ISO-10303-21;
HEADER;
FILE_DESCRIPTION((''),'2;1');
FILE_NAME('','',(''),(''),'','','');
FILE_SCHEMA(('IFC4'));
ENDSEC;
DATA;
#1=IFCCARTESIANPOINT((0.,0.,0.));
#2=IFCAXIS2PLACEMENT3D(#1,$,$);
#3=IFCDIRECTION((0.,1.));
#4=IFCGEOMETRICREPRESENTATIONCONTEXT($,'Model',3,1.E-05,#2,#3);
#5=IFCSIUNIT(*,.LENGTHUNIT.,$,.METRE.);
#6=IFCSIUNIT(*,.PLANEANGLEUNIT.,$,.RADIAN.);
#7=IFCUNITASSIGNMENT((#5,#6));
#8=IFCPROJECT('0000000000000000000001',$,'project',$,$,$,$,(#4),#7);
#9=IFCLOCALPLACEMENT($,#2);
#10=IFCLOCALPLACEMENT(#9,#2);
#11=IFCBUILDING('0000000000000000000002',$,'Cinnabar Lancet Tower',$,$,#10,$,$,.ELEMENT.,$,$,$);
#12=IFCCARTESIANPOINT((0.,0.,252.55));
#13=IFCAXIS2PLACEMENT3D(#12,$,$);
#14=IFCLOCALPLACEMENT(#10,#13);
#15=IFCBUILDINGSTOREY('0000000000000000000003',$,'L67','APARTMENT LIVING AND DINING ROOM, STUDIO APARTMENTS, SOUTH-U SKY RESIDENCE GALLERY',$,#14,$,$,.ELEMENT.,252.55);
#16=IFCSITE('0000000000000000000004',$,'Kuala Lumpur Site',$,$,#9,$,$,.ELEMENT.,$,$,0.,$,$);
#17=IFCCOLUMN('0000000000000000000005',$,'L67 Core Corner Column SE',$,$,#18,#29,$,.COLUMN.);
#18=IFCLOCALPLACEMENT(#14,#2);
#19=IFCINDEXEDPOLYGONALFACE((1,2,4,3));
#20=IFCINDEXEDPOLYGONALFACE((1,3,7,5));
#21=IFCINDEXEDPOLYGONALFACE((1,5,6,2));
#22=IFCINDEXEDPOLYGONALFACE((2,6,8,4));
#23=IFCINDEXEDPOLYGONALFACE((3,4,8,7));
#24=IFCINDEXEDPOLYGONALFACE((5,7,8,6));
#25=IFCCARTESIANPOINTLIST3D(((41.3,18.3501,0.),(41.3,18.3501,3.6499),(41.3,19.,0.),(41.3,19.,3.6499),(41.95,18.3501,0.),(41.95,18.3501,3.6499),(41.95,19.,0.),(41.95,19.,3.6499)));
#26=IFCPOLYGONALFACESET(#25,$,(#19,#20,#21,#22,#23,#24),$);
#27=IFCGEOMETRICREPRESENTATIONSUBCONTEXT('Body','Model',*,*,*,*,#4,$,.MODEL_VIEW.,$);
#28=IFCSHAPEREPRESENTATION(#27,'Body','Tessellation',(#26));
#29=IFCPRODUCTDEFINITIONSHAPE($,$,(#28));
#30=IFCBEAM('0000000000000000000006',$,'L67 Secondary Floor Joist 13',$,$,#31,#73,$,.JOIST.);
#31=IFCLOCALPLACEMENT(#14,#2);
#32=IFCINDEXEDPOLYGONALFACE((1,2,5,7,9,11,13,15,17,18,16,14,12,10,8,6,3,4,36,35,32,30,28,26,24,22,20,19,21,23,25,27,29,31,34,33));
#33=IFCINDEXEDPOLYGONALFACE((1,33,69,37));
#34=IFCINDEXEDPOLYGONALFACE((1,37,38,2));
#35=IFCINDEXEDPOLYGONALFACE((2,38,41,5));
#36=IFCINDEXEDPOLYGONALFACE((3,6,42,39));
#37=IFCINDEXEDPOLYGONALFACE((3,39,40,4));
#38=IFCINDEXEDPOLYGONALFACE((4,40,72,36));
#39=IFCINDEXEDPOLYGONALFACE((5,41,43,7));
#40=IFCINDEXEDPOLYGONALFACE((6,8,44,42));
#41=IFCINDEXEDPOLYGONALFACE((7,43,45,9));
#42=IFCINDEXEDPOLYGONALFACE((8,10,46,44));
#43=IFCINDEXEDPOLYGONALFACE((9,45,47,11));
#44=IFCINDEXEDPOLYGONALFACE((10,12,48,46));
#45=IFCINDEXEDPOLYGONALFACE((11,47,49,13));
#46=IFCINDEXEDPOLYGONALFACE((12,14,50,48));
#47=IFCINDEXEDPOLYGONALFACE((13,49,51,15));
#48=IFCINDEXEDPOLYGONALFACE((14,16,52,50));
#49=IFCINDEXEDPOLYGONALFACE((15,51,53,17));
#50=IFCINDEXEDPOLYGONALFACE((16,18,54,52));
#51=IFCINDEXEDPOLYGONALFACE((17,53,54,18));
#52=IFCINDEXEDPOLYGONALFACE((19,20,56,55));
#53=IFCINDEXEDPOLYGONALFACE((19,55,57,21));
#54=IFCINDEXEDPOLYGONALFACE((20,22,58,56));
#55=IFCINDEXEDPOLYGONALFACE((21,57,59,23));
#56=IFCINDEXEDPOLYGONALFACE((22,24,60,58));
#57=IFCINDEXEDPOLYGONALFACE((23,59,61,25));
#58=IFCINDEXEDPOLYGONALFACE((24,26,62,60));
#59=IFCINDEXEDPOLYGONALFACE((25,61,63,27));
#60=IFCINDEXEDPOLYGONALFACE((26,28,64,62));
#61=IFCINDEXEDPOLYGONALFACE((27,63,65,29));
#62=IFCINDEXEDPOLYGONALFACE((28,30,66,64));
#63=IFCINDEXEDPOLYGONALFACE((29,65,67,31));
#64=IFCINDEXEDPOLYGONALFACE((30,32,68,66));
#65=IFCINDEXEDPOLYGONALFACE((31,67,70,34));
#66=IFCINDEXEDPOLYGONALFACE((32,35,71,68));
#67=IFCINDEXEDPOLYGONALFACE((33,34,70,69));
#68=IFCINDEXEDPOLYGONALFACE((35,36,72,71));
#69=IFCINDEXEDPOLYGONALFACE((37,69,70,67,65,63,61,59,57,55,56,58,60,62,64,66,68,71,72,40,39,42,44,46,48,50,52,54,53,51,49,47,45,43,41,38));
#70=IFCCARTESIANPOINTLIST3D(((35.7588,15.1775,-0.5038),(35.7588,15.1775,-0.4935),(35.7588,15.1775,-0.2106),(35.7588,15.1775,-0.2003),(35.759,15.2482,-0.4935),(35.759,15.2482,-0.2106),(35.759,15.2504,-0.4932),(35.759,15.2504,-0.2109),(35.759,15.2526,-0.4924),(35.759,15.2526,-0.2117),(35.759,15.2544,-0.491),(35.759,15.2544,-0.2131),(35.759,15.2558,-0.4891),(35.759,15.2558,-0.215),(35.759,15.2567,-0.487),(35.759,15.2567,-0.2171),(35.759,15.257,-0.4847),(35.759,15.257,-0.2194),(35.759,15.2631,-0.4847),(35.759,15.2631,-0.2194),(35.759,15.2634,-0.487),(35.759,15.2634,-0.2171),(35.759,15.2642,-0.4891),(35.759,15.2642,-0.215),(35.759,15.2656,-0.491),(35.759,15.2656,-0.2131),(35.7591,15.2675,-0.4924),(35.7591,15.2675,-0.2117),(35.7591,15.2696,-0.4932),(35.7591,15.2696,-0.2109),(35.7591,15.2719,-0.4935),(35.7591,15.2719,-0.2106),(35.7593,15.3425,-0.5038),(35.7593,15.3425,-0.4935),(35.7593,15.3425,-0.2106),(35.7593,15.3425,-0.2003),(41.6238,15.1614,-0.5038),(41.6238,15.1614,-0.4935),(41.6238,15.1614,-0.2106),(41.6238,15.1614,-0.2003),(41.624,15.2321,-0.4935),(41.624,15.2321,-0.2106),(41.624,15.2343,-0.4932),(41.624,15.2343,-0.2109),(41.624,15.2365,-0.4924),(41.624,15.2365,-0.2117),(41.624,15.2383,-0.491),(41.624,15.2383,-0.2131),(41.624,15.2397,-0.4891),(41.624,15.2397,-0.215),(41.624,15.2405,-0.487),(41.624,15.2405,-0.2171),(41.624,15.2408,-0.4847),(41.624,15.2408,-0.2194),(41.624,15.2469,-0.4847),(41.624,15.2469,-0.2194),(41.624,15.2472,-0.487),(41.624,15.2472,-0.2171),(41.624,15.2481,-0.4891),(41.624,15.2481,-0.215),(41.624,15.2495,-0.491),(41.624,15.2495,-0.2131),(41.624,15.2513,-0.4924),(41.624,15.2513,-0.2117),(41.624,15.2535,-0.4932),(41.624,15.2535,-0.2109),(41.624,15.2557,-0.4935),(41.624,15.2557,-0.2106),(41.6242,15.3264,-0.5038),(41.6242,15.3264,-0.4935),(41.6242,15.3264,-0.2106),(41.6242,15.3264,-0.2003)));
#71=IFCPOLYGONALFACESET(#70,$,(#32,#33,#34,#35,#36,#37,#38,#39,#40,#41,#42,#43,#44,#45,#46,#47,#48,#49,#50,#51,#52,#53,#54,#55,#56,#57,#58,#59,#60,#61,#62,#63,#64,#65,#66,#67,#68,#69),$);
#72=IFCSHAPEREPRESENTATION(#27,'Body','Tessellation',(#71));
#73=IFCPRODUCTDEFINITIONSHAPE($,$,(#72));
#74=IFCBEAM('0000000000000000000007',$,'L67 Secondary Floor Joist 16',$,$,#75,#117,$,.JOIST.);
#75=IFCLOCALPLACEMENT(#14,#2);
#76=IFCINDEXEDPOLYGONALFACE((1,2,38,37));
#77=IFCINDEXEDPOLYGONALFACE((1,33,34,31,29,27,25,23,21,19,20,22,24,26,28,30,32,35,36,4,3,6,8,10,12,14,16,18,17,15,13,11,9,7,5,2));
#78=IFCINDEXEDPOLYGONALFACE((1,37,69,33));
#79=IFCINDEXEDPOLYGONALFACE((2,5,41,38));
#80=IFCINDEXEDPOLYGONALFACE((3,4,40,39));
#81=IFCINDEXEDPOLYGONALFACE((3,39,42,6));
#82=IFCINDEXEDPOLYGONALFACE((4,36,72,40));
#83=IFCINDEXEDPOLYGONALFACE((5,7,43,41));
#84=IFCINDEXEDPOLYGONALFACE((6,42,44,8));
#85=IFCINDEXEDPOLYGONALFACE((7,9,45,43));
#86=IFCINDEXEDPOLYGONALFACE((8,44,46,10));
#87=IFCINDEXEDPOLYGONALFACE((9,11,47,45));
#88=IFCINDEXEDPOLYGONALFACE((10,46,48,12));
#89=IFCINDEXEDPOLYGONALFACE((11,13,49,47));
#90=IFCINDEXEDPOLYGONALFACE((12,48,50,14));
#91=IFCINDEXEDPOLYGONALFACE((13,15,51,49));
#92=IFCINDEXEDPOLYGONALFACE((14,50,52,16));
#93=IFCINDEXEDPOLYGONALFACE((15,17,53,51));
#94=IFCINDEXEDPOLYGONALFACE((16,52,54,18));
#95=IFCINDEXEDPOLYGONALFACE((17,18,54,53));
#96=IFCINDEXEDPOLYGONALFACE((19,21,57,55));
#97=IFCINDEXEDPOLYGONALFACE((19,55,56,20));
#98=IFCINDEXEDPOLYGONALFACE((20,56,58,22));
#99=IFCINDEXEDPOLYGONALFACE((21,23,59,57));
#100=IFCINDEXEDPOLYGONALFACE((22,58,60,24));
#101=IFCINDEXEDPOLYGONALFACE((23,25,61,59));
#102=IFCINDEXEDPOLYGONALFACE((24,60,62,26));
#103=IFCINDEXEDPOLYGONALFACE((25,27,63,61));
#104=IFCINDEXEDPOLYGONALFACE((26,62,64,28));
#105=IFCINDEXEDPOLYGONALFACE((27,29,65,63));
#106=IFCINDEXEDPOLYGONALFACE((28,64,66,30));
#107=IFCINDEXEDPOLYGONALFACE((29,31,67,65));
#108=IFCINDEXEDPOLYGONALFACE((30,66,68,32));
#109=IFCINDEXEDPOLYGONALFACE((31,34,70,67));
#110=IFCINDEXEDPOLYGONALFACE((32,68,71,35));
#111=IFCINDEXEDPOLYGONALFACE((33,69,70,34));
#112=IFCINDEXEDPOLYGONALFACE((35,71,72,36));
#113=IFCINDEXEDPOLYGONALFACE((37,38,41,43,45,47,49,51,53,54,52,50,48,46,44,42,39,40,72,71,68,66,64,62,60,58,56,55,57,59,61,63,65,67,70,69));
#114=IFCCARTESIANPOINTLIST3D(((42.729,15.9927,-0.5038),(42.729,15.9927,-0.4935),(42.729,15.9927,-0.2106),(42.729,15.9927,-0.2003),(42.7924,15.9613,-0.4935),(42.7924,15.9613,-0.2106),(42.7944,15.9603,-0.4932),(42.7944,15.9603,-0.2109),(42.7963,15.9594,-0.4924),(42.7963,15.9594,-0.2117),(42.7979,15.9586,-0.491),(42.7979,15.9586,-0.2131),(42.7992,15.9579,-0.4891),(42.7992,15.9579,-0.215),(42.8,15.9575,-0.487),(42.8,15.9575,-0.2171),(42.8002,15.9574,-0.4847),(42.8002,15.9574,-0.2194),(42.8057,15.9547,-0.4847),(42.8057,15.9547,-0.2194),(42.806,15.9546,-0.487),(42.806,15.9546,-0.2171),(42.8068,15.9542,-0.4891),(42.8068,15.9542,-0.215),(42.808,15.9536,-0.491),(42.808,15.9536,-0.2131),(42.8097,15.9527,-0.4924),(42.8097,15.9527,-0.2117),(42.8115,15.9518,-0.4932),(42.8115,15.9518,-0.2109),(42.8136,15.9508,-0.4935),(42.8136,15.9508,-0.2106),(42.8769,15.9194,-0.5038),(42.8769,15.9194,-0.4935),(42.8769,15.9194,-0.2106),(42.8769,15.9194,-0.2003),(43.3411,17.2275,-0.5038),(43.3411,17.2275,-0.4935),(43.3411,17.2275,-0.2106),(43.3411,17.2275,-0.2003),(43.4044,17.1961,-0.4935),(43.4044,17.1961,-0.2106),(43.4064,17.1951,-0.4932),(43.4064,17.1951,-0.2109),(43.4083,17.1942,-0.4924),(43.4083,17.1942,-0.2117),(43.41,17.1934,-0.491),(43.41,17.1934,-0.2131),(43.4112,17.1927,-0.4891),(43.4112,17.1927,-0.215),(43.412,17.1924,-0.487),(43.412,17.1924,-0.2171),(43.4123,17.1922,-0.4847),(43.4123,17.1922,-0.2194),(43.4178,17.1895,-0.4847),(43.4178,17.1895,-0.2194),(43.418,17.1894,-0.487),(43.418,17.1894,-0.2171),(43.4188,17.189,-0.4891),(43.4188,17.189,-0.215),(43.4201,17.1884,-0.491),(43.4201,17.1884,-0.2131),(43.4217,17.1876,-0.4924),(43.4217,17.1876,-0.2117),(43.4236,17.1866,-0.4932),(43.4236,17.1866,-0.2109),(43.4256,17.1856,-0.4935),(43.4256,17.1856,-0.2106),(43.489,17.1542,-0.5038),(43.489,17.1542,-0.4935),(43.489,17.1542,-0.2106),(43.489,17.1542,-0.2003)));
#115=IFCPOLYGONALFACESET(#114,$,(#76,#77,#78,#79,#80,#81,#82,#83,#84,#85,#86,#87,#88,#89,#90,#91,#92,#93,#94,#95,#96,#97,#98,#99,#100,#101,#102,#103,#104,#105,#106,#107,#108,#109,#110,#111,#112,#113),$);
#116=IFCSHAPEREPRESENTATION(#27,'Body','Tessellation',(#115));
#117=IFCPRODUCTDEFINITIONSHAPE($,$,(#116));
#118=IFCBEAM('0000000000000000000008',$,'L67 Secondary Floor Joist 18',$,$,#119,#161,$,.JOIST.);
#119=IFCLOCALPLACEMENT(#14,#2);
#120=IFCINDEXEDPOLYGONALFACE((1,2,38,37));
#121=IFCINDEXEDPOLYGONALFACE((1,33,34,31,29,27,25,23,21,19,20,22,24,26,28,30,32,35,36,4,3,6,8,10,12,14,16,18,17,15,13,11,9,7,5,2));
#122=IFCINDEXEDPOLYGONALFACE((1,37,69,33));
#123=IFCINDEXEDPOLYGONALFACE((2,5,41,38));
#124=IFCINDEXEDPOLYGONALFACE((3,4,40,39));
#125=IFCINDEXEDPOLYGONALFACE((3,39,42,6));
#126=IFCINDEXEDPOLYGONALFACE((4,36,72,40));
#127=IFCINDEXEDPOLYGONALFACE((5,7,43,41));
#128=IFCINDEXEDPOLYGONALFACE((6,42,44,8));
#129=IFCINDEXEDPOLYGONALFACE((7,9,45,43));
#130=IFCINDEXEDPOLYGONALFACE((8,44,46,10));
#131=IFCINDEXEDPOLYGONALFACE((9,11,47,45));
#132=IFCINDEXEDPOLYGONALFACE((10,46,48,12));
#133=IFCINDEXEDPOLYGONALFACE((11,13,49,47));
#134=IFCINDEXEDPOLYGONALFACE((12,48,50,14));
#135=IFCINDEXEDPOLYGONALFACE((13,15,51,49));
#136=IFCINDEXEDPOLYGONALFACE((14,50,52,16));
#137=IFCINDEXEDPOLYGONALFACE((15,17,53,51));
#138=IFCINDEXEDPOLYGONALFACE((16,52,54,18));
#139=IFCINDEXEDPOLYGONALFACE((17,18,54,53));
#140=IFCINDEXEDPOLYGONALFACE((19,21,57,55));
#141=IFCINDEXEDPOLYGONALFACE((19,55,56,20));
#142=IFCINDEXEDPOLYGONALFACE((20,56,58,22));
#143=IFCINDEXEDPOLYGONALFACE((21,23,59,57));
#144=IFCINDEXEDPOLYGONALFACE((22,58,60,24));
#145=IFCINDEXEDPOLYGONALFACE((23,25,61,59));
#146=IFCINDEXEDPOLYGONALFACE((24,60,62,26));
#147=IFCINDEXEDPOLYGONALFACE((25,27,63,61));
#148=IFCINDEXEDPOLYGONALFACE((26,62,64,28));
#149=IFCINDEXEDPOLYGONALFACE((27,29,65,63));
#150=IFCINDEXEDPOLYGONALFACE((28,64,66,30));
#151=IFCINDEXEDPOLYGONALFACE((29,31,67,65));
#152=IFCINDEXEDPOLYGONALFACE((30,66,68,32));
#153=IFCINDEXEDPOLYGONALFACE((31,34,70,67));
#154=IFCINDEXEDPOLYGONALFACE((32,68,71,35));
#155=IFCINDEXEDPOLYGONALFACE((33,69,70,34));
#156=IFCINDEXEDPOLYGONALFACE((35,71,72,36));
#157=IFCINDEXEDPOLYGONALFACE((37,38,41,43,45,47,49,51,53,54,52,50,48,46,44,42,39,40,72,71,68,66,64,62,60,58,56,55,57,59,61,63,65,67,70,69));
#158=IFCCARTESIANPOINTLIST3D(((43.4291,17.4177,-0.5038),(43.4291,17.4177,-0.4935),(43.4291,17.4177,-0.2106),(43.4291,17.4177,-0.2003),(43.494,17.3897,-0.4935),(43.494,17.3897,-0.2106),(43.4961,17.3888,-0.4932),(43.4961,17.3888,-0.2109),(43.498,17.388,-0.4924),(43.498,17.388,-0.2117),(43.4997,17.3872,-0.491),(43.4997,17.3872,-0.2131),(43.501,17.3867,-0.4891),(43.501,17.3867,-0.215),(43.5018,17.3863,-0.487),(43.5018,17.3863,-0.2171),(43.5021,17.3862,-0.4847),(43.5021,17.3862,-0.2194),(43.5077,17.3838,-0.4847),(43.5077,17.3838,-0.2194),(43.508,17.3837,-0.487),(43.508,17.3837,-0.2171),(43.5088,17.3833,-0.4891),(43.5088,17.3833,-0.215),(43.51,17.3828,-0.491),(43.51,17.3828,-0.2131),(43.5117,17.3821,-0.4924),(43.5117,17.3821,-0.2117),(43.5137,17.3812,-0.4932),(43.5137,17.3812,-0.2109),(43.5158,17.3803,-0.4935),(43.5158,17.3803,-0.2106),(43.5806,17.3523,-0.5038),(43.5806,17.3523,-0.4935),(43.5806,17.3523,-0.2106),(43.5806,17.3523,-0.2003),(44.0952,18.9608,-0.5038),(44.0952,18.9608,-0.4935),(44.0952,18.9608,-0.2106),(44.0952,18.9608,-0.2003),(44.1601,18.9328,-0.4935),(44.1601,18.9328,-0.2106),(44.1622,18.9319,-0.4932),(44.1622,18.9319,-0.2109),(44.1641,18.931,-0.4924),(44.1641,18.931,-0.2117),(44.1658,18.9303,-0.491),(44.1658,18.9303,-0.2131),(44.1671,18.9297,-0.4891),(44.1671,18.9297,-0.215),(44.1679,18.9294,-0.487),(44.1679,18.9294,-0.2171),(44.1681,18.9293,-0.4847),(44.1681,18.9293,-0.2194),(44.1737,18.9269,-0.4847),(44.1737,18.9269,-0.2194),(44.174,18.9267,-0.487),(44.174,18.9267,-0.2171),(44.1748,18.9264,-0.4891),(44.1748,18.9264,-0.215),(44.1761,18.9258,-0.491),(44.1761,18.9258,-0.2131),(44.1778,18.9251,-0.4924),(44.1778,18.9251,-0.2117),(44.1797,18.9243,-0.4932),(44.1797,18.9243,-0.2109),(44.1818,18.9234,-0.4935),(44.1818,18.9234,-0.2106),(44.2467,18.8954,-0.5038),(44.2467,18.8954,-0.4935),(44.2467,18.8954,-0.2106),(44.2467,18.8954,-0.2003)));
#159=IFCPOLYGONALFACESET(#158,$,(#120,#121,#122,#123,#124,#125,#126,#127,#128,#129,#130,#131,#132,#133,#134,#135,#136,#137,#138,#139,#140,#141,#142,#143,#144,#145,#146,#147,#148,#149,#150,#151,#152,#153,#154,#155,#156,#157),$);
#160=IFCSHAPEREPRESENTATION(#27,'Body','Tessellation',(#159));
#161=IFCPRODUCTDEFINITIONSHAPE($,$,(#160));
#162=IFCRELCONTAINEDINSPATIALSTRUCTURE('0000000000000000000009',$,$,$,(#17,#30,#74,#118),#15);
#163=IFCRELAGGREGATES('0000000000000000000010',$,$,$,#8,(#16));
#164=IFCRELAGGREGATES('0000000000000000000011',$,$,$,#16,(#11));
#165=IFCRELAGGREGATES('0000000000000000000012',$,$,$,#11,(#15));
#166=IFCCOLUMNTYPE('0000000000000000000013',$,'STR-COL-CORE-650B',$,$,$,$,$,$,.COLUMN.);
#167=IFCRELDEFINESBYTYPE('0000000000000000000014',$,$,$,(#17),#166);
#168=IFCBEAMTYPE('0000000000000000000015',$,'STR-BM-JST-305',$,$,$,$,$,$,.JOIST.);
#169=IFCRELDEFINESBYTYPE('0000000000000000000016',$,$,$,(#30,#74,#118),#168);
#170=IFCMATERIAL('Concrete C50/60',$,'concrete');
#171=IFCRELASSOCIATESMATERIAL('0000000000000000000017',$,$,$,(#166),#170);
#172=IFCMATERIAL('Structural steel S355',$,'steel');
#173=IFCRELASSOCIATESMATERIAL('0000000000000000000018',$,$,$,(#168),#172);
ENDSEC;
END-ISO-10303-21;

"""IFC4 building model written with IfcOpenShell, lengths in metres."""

from ifc_helpers import new_model, si_unit, direction, frame, origin, origin_2d, place, context, subcontext, project, spatial, rectangle, i_section, extrude, material, material_profile, profile_set, type_object, element, save


model = new_model("IFC4")

# Units and contexts
model_context = context("Model", 3, precision=1e-05, world=origin(), true_north=direction((0.0, 1.0)))
body_context = subcontext(model_context, "Body", "Model", "MODEL_VIEW")
ifc_project = project(units=[si_unit("LENGTHUNIT", "METRE"), si_unit("PLANEANGLEUNIT", "RADIAN")], contexts=[model_context])

# Site, building, storey
site_placement = place(None, origin())
site = spatial("IfcSite", under=ifc_project, at=site_placement, Name="Kuala Lumpur Site", CompositionType="ELEMENT", RefElevation=0.0)
building_placement = place(site_placement, origin())
building = spatial("IfcBuilding", under=site, at=building_placement, Name="Cinnabar Lancet Tower", CompositionType="ELEMENT")
storey_placement = place(building_placement, frame((0.0, 0.0, 252.55)))
storey = spatial("IfcBuildingStorey", under=building, at=storey_placement, Name="L67", Description="APARTMENT LIVING AND DINING ROOM, STUDIO APARTMENTS, SOUTH-U SKY RESIDENCE GALLERY", CompositionType="ELEMENT", Elevation=252.55)

# Column
ifc_material_1 = material(Name="Concrete C50/60", Category="concrete")
ifc_material_profile_1 = material_profile(ifc_material_1, rectangle(XDim=0.6499, YDim=0.6499, at=origin_2d()), Name="RC-COL 650x650")
ifc_profile_set_1 = profile_set([ifc_material_profile_1], Name="Concrete C50/60")
column_type = type_object("IfcColumnType", Name="STR-COL-CORE-650B", PredefinedType="COLUMN", material=ifc_profile_set_1)
column_placement = place(storey_placement, frame((41.625, 18.675, 0.0), z_axis=(0.0, 0.0, 1.0), x_axis=(1.0, 0.0, 0.0)))
element("IfcColumn", 1, at=column_placement, inside=storey, type_object=column_type, Name="L67 Core Corner Column SE", PredefinedType="COLUMN", context=body_context, shape_type="SweptSolid", body=[
    extrude(rectangle(XDim=0.6499, YDim=0.6499, at=origin_2d()), origin(), (0.0, 0.0, 1.0), 3.6499),
])

# Beams
ifc_material_2 = material(Name="Structural steel S355", Category="steel")
ifc_material_profile_2 = material_profile(ifc_material_2, i_section(OverallWidth=0.165, OverallDepth=0.3035, WebThickness=0.0061, FlangeThickness=0.0103, FilletRadius=0.0088, at=origin_2d()), Name="UKB 305x165x40")
ifc_profile_set_2 = profile_set([ifc_material_profile_2], Name="Structural steel S355")
beam_type_1 = type_object("IfcBeamType", Name="STR-BM-JST-305", PredefinedType="JOIST", material=ifc_profile_set_2)
beam_1_placement = place(storey_placement, frame((35.759, 15.26, -0.3521), z_axis=(0.999996, -0.002747, 0.0), x_axis=(0.002747, 0.999996, 0.0)))
element("IfcBeam", 2, at=beam_1_placement, inside=storey, type_object=beam_type_1, Name="L67 Secondary Floor Joist 13", PredefinedType="JOIST", context=body_context, shape_type="SweptSolid", body=[
    extrude(i_section(OverallWidth=0.165, OverallDepth=0.3035, WebThickness=0.0061, FlangeThickness=0.0103, FilletRadius=0.0088, at=origin_2d()), origin(), (0.0, 0.0, 1.0), 5.865),
])
beam_2_placement = place(storey_placement, frame((42.803, 15.9561, -0.3521), z_axis=(0.444093, 0.895981, 0.0), x_axis=(-0.895981, 0.444093, 0.0)))
element("IfcBeam", 3, at=beam_2_placement, inside=storey, type_object=beam_type_1, Name="L67 Secondary Floor Joist 16", PredefinedType="JOIST", context=body_context, shape_type="SweptSolid", body=[
    extrude(i_section(OverallWidth=0.165, OverallDepth=0.3035, WebThickness=0.0061, FlangeThickness=0.0103, FilletRadius=0.0088, at=origin_2d()), origin(), (0.0, 0.0, 1.0), 1.3782),
])
beam_3_placement = place(storey_placement, frame((43.5049, 17.385, -0.3521), z_axis=(0.396302, 0.91812, 0.0), x_axis=(-0.91812, 0.396302, 0.0)))
element("IfcBeam", 4, at=beam_3_placement, inside=storey, type_object=beam_type_1, Name="L67 Secondary Floor Joist 18", PredefinedType="JOIST", context=body_context, shape_type="SweptSolid", body=[
    extrude(i_section(OverallWidth=0.165, OverallDepth=0.3035, WebThickness=0.0061, FlangeThickness=0.0103, FilletRadius=0.0088, at=origin_2d()), origin(), (0.0, 0.0, 1.0), 1.6807),
])

save(model, "model.ifc")
